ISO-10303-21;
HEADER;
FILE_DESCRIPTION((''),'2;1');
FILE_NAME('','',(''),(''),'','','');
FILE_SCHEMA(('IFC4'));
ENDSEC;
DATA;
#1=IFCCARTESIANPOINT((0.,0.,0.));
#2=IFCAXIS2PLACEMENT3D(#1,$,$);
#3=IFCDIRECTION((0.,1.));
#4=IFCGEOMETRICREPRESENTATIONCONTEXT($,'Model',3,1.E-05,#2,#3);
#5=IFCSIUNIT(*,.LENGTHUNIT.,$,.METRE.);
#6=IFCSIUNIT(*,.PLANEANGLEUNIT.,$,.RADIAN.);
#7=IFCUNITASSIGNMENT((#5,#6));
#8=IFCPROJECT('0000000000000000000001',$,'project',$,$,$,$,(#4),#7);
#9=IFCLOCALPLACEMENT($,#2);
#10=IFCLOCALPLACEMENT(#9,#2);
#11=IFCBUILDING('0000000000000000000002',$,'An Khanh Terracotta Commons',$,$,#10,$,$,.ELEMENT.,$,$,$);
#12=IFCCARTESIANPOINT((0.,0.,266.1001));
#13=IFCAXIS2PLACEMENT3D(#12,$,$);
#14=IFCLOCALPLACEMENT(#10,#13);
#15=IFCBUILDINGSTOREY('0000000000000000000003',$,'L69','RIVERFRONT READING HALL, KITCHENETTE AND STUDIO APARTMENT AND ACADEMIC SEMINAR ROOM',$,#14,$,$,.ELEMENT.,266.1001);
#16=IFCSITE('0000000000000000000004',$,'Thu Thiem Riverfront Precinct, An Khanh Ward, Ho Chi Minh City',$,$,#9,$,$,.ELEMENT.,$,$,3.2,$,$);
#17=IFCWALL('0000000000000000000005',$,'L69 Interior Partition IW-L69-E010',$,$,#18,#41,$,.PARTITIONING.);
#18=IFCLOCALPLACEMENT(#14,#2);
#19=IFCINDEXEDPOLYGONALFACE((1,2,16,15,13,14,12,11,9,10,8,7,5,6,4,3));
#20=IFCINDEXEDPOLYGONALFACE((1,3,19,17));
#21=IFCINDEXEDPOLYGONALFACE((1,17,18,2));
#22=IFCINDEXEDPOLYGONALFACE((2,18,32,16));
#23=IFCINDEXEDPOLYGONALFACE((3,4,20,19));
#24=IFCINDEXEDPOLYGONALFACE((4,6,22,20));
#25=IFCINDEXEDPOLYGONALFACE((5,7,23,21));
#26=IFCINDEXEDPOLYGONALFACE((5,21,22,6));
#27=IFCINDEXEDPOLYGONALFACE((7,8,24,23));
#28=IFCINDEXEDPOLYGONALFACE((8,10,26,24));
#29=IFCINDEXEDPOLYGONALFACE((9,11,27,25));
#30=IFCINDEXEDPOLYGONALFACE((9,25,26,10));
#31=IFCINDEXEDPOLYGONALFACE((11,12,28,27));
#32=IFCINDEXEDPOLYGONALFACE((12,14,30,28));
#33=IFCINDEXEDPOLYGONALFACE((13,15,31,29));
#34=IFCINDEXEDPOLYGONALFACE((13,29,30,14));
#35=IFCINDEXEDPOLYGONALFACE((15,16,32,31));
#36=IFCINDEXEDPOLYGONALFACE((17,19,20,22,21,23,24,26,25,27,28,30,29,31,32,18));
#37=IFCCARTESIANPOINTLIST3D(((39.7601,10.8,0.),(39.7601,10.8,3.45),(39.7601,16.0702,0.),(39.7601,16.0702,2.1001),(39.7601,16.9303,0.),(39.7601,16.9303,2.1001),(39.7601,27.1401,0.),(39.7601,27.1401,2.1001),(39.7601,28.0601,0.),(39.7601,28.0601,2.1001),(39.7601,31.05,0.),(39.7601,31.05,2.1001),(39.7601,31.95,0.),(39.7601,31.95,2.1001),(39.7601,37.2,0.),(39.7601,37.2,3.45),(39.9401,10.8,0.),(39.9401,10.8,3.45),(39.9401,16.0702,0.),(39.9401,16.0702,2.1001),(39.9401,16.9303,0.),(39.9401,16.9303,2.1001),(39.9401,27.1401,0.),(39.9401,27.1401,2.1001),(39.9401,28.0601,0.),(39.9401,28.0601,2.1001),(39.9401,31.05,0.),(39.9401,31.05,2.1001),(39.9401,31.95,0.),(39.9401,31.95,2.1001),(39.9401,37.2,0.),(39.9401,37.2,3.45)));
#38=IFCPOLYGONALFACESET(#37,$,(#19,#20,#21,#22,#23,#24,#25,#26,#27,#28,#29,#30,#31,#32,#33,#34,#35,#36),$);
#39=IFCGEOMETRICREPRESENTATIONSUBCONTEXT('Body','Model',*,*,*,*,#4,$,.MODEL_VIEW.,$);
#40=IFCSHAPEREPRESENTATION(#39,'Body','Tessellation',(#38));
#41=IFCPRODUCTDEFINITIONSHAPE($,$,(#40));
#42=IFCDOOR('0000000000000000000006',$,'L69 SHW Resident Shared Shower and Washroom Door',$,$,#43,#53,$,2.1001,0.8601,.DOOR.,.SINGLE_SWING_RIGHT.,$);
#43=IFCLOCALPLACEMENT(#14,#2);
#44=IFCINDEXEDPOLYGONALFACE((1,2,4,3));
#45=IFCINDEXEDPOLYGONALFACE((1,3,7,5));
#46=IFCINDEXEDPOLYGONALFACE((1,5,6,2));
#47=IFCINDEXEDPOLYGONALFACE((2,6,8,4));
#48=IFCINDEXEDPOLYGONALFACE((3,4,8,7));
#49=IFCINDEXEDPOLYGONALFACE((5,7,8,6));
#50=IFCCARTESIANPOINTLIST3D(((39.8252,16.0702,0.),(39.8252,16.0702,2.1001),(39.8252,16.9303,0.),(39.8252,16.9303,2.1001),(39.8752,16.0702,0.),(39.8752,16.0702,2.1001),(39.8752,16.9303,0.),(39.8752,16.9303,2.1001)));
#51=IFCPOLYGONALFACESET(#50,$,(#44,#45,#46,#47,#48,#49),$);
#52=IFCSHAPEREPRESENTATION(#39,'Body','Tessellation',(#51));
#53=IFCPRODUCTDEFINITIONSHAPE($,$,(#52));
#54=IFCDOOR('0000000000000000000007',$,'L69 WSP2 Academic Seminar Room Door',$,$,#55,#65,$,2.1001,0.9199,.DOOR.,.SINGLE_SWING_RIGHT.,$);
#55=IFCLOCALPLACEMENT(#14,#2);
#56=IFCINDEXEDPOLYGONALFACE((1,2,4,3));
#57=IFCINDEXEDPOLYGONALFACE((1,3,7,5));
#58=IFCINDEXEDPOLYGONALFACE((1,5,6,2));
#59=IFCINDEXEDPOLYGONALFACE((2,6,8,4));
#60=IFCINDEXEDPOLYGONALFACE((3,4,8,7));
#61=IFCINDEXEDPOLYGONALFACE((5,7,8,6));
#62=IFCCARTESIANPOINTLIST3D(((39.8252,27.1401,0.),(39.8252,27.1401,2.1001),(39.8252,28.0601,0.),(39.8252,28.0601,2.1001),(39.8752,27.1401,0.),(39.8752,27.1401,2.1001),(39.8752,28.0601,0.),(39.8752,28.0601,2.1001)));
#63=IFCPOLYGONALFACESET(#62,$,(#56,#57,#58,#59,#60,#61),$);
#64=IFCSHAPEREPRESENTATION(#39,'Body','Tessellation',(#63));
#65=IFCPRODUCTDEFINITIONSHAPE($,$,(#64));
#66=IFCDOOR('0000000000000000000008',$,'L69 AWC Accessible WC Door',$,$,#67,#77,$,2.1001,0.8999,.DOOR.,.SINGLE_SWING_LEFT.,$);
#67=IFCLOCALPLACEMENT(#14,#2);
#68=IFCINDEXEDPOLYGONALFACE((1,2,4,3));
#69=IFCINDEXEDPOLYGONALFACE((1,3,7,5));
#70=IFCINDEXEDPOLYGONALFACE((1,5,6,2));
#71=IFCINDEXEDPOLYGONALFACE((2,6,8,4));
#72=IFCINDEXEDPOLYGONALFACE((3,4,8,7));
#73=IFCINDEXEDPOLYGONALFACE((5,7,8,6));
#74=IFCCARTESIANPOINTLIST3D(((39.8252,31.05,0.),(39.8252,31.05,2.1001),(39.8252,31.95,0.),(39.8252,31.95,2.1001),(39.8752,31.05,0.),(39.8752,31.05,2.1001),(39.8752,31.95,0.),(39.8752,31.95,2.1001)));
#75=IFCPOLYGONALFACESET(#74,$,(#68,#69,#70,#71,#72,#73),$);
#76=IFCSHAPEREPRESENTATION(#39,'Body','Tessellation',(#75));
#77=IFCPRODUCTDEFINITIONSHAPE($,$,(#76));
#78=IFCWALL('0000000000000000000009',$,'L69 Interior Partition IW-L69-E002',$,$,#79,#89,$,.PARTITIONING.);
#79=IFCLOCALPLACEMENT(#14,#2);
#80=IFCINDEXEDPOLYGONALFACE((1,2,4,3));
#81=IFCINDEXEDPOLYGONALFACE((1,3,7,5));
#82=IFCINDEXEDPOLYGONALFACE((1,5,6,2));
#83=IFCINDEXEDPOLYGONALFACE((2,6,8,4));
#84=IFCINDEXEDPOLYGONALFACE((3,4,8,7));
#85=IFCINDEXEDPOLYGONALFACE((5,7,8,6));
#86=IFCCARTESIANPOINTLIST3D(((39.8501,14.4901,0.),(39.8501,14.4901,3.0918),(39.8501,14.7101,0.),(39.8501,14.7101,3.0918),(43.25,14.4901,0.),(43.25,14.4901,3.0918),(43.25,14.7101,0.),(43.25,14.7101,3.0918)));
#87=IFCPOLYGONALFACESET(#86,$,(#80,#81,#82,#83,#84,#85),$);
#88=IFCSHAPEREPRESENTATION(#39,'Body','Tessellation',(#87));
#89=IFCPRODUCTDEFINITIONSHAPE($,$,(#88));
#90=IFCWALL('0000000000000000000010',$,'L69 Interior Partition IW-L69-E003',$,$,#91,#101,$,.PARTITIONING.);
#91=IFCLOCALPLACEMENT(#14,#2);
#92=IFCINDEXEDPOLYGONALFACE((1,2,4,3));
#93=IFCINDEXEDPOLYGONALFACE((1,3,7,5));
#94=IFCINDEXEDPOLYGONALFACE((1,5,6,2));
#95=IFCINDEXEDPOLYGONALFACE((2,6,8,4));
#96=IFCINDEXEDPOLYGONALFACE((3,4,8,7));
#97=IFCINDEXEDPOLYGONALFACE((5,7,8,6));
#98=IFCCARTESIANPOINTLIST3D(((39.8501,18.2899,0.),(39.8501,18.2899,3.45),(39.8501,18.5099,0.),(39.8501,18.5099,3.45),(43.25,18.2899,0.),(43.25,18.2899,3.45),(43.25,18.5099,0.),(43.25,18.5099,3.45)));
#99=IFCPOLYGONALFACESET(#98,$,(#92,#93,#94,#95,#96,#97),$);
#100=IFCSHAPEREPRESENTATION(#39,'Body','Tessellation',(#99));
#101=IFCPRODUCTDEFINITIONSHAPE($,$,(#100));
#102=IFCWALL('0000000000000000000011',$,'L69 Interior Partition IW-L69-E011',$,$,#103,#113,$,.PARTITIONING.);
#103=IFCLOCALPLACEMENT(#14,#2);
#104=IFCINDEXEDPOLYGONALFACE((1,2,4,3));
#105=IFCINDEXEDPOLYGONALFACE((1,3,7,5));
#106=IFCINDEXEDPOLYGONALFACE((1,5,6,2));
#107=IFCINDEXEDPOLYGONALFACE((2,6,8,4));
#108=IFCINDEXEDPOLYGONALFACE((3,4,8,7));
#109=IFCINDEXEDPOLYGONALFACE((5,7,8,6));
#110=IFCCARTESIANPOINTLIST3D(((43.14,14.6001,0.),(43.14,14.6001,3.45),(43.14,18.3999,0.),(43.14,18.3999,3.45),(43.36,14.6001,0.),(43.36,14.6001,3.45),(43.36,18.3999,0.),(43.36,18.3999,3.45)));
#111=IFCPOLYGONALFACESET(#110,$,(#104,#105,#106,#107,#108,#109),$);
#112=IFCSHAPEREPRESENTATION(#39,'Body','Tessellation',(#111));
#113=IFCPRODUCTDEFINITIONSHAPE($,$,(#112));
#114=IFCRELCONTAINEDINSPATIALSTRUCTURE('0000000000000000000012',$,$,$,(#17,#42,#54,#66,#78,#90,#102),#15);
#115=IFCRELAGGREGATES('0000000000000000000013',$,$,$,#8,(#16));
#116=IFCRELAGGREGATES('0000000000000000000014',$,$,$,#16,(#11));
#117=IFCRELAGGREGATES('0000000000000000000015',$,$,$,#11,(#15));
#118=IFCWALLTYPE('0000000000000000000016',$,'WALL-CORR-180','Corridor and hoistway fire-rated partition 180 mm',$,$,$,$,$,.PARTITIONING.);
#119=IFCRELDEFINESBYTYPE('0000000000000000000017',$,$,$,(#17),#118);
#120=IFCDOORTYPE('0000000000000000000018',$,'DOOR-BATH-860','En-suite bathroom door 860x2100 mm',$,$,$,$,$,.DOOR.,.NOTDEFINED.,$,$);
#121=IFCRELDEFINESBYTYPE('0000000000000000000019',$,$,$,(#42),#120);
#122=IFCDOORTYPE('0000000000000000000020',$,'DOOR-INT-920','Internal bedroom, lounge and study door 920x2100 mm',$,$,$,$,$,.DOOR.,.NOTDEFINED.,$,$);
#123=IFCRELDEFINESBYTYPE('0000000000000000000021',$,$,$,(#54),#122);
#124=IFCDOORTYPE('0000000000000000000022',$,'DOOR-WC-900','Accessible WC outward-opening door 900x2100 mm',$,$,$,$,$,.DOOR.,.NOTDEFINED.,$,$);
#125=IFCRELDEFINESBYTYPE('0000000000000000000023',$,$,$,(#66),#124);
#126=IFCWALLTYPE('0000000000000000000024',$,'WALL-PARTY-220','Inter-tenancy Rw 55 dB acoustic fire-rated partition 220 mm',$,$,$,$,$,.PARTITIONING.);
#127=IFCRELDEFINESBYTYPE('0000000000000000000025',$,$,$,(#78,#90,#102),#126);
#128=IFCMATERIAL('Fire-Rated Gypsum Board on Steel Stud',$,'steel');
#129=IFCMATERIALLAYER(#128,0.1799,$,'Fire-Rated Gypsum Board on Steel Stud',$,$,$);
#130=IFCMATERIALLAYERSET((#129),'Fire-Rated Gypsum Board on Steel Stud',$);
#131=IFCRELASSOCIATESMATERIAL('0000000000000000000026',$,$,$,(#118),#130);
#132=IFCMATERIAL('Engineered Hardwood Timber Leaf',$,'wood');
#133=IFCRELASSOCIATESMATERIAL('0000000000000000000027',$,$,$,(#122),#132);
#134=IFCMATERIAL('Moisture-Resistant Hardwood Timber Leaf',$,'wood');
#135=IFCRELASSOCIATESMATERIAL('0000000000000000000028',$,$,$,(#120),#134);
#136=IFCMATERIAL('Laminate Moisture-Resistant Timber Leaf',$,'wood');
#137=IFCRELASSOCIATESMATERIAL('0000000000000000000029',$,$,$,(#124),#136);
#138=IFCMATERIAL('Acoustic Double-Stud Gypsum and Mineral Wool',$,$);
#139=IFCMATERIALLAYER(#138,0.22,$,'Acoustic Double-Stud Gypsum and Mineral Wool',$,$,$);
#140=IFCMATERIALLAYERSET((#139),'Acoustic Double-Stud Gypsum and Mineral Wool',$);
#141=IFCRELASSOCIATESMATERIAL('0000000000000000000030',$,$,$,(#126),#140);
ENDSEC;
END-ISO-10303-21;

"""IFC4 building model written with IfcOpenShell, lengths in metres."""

from ifc_helpers import new_model, si_unit, direction, frame, frame_2d, origin, place, context, subcontext, project, spatial, rectangle, extrude, material, layer, layer_set, type_object, element, fill, save


model = new_model("IFC4")

# Units and contexts
model_context = context("Model", 3, precision=1e-05, world=origin(), true_north=direction((0.0, 1.0)))
body_context = subcontext(model_context, "Body", "Model", "MODEL_VIEW")
ifc_project = project(units=[si_unit("LENGTHUNIT", "METRE"), si_unit("PLANEANGLEUNIT", "RADIAN")], contexts=[model_context])

# Site, building, storey
site_placement = place(None, origin())
site = spatial("IfcSite", under=ifc_project, at=site_placement, Name="Thu Thiem Riverfront Precinct, An Khanh Ward, Ho Chi Minh City", CompositionType="ELEMENT", RefElevation=3.2)
building_placement = place(site_placement, origin())
building = spatial("IfcBuilding", under=site, at=building_placement, Name="An Khanh Terracotta Commons", CompositionType="ELEMENT")
storey_placement = place(building_placement, frame((0.0, 0.0, 266.1001)))
storey = spatial("IfcBuildingStorey", under=building, at=storey_placement, Name="L69", Description="RIVERFRONT READING HALL, KITCHENETTE AND STUDIO APARTMENT AND ACADEMIC SEMINAR ROOM", CompositionType="ELEMENT", Elevation=266.1001)

# Shared definitions
ifc_material_1 = material(Name="Fire-Rated Gypsum Board on Steel Stud", Category="steel")
ifc_layer_1 = layer(ifc_material_1, 0.1799, Name="Fire-Rated Gypsum Board on Steel Stud")
ifc_layer_set_1 = layer_set([ifc_layer_1], Name="Fire-Rated Gypsum Board on Steel Stud")
wall_type_1 = type_object("IfcWallType", Name="WALL-CORR-180", Description="Corridor and hoistway fire-rated partition 180 mm", PredefinedType="PARTITIONING", material=ifc_layer_set_1)
ifc_material_2 = material(Name="Engineered Hardwood Timber Leaf", Category="wood")
door_type_1 = type_object("IfcDoorType", Name="DOOR-INT-920", Description="Internal bedroom, lounge and study door 920x2100 mm", OperationType="NOTDEFINED", PredefinedType="DOOR", material=ifc_material_2)

# Wall, openings, doors
wall_1_placement = place(storey_placement, frame((39.8501, 10.8, 0.0), z_axis=(0.0, 0.0, 1.0), x_axis=(0.0, 1.0, 0.0)))
wall_1 = element("IfcWall", 1, at=wall_1_placement, inside=storey, type_object=wall_type_1, Name="L69 Interior Partition IW-L69-E010", PredefinedType="PARTITIONING", context=body_context, shape_type="SweptSolid", body=[
    extrude(rectangle(XDim=26.3999, YDim=0.1799, at=frame_2d((13.2, 0.0))), origin(), (0.0, 0.0, 1.0), 3.45),
])
opening_1_placement = place(wall_1_placement, frame((20.25, 0.0, 0.0)))
opening_1 = element("IfcOpeningElement", 2, at=opening_1_placement, cuts=wall_1, PredefinedType="OPENING", context=body_context, shape_type="SweptSolid", body=[
    extrude(rectangle(XDim=0.8999, YDim=2.1001, at=frame_2d((0.45, 1.05))), frame((0.0, 0.0999, 0.0), z_axis=(0.0, -1.0, 0.0), x_axis=(1.0, 0.0, 0.0)), (0.0, 0.0, 1.0), 0.2),
])
opening_2_placement = place(wall_1_placement, frame((5.27, 0.0, 0.0)))
opening_2 = element("IfcOpeningElement", 3, at=opening_2_placement, cuts=wall_1, PredefinedType="OPENING", context=body_context, shape_type="SweptSolid", body=[
    extrude(rectangle(XDim=0.8601, YDim=2.1001, at=frame_2d((0.4302, 1.05))), frame((0.0, 0.0999, 0.0), z_axis=(0.0, -1.0, 0.0), x_axis=(1.0, 0.0, 0.0)), (0.0, 0.0, 1.0), 0.2),
])
opening_3_placement = place(wall_1_placement, frame((16.3401, 0.0, 0.0)))
opening_3 = element("IfcOpeningElement", 4, at=opening_3_placement, cuts=wall_1, PredefinedType="OPENING", context=body_context, shape_type="SweptSolid", body=[
    extrude(rectangle(XDim=0.9199, YDim=2.1001, at=frame_2d((0.46, 1.05))), frame((0.0, 0.0999, 0.0), z_axis=(0.0, -1.0, 0.0), x_axis=(1.0, 0.0, 0.0)), (0.0, 0.0, 1.0), 0.2),
])
ifc_material_3 = material(Name="Moisture-Resistant Hardwood Timber Leaf", Category="wood")
door_type_2 = type_object("IfcDoorType", Name="DOOR-BATH-860", Description="En-suite bathroom door 860x2100 mm", OperationType="NOTDEFINED", PredefinedType="DOOR", material=ifc_material_3)
door_1_placement = place(opening_2_placement, origin())
door_1 = element("IfcDoor", 5, at=door_1_placement, inside=storey, type_object=door_type_2, Name="L69 SHW Resident Shared Shower and Washroom Door", OperationType="SINGLE_SWING_RIGHT", OverallHeight=2.1001, OverallWidth=0.8601, PredefinedType="DOOR", context=body_context, shape_type="SweptSolid", body=[
    extrude(rectangle(XDim=0.8601, YDim=2.1001, at=frame_2d((0.4302, 1.05))), frame((0.0, 0.0249, 0.0), z_axis=(0.0, -1.0, 0.0), x_axis=(1.0, 0.0, 0.0)), (0.0, 0.0, 1.0), 0.05),
])
fill(opening_2, door_1)
door_2_placement = place(opening_3_placement, origin())
door_2 = element("IfcDoor", 6, at=door_2_placement, inside=storey, type_object=door_type_1, Name="L69 WSP2 Academic Seminar Room Door", OperationType="SINGLE_SWING_RIGHT", OverallHeight=2.1001, OverallWidth=0.9199, PredefinedType="DOOR", context=body_context, shape_type="SweptSolid", body=[
    extrude(rectangle(XDim=0.9199, YDim=2.1001, at=frame_2d((0.46, 1.05))), frame((0.0, 0.0249, 0.0), z_axis=(0.0, -1.0, 0.0), x_axis=(1.0, 0.0, 0.0)), (0.0, 0.0, 1.0), 0.05),
])
fill(opening_3, door_2)
ifc_material_4 = material(Name="Laminate Moisture-Resistant Timber Leaf", Category="wood")
door_type_3 = type_object("IfcDoorType", Name="DOOR-WC-900", Description="Accessible WC outward-opening door 900x2100 mm", OperationType="NOTDEFINED", PredefinedType="DOOR", material=ifc_material_4)
door_3_placement = place(opening_1_placement, origin())
door_3 = element("IfcDoor", 7, at=door_3_placement, inside=storey, type_object=door_type_3, Name="L69 AWC Accessible WC Door", OperationType="SINGLE_SWING_LEFT", OverallHeight=2.1001, OverallWidth=0.8999, PredefinedType="DOOR", context=body_context, shape_type="SweptSolid", body=[
    extrude(rectangle(XDim=0.8999, YDim=2.1001, at=frame_2d((0.45, 1.05))), frame((0.0, 0.0249, 0.0), z_axis=(0.0, -1.0, 0.0), x_axis=(1.0, 0.0, 0.0)), (0.0, 0.0, 1.0), 0.05),
])
fill(opening_1, door_3)

# Walls
ifc_material_5 = material(Name="Acoustic Double-Stud Gypsum and Mineral Wool")
ifc_layer_2 = layer(ifc_material_5, 0.22, Name="Acoustic Double-Stud Gypsum and Mineral Wool")
ifc_layer_set_2 = layer_set([ifc_layer_2], Name="Acoustic Double-Stud Gypsum and Mineral Wool")
wall_type_2 = type_object("IfcWallType", Name="WALL-PARTY-220", Description="Inter-tenancy Rw 55 dB acoustic fire-rated partition 220 mm", PredefinedType="PARTITIONING", material=ifc_layer_set_2)
wall_2_placement = place(storey_placement, frame((39.8501, 14.6001, 0.0), z_axis=(0.0, 0.0, 1.0), x_axis=(1.0, 0.0, 0.0)))
element("IfcWall", 8, at=wall_2_placement, inside=storey, type_object=wall_type_2, Name="L69 Interior Partition IW-L69-E002", PredefinedType="PARTITIONING", context=body_context, shape_type="SweptSolid", body=[
    extrude(rectangle(XDim=3.3999, YDim=0.22, at=frame_2d((1.7, 0.0))), origin(), (0.0, 0.0, 1.0), 3.0918),
])
wall_3_placement = place(storey_placement, frame((39.8501, 18.3999, 0.0), z_axis=(0.0, 0.0, 1.0), x_axis=(1.0, 0.0, 0.0)))
element("IfcWall", 9, at=wall_3_placement, inside=storey, type_object=wall_type_2, Name="L69 Interior Partition IW-L69-E003", PredefinedType="PARTITIONING", context=body_context, shape_type="SweptSolid", body=[
    extrude(rectangle(XDim=3.3999, YDim=0.22, at=frame_2d((1.7, 0.0))), origin(), (0.0, 0.0, 1.0), 3.45),
])
wall_4_placement = place(storey_placement, frame((43.25, 14.6001, 0.0), z_axis=(0.0, 0.0, 1.0), x_axis=(0.0, 1.0, 0.0)))
element("IfcWall", 10, at=wall_4_placement, inside=storey, type_object=wall_type_2, Name="L69 Interior Partition IW-L69-E011", PredefinedType="PARTITIONING", context=body_context, shape_type="SweptSolid", body=[
    extrude(rectangle(XDim=3.7998, YDim=0.22, at=frame_2d((1.8999, 0.0))), origin(), (0.0, 0.0, 1.0), 3.45),
])

save(model, "model.ifc")
